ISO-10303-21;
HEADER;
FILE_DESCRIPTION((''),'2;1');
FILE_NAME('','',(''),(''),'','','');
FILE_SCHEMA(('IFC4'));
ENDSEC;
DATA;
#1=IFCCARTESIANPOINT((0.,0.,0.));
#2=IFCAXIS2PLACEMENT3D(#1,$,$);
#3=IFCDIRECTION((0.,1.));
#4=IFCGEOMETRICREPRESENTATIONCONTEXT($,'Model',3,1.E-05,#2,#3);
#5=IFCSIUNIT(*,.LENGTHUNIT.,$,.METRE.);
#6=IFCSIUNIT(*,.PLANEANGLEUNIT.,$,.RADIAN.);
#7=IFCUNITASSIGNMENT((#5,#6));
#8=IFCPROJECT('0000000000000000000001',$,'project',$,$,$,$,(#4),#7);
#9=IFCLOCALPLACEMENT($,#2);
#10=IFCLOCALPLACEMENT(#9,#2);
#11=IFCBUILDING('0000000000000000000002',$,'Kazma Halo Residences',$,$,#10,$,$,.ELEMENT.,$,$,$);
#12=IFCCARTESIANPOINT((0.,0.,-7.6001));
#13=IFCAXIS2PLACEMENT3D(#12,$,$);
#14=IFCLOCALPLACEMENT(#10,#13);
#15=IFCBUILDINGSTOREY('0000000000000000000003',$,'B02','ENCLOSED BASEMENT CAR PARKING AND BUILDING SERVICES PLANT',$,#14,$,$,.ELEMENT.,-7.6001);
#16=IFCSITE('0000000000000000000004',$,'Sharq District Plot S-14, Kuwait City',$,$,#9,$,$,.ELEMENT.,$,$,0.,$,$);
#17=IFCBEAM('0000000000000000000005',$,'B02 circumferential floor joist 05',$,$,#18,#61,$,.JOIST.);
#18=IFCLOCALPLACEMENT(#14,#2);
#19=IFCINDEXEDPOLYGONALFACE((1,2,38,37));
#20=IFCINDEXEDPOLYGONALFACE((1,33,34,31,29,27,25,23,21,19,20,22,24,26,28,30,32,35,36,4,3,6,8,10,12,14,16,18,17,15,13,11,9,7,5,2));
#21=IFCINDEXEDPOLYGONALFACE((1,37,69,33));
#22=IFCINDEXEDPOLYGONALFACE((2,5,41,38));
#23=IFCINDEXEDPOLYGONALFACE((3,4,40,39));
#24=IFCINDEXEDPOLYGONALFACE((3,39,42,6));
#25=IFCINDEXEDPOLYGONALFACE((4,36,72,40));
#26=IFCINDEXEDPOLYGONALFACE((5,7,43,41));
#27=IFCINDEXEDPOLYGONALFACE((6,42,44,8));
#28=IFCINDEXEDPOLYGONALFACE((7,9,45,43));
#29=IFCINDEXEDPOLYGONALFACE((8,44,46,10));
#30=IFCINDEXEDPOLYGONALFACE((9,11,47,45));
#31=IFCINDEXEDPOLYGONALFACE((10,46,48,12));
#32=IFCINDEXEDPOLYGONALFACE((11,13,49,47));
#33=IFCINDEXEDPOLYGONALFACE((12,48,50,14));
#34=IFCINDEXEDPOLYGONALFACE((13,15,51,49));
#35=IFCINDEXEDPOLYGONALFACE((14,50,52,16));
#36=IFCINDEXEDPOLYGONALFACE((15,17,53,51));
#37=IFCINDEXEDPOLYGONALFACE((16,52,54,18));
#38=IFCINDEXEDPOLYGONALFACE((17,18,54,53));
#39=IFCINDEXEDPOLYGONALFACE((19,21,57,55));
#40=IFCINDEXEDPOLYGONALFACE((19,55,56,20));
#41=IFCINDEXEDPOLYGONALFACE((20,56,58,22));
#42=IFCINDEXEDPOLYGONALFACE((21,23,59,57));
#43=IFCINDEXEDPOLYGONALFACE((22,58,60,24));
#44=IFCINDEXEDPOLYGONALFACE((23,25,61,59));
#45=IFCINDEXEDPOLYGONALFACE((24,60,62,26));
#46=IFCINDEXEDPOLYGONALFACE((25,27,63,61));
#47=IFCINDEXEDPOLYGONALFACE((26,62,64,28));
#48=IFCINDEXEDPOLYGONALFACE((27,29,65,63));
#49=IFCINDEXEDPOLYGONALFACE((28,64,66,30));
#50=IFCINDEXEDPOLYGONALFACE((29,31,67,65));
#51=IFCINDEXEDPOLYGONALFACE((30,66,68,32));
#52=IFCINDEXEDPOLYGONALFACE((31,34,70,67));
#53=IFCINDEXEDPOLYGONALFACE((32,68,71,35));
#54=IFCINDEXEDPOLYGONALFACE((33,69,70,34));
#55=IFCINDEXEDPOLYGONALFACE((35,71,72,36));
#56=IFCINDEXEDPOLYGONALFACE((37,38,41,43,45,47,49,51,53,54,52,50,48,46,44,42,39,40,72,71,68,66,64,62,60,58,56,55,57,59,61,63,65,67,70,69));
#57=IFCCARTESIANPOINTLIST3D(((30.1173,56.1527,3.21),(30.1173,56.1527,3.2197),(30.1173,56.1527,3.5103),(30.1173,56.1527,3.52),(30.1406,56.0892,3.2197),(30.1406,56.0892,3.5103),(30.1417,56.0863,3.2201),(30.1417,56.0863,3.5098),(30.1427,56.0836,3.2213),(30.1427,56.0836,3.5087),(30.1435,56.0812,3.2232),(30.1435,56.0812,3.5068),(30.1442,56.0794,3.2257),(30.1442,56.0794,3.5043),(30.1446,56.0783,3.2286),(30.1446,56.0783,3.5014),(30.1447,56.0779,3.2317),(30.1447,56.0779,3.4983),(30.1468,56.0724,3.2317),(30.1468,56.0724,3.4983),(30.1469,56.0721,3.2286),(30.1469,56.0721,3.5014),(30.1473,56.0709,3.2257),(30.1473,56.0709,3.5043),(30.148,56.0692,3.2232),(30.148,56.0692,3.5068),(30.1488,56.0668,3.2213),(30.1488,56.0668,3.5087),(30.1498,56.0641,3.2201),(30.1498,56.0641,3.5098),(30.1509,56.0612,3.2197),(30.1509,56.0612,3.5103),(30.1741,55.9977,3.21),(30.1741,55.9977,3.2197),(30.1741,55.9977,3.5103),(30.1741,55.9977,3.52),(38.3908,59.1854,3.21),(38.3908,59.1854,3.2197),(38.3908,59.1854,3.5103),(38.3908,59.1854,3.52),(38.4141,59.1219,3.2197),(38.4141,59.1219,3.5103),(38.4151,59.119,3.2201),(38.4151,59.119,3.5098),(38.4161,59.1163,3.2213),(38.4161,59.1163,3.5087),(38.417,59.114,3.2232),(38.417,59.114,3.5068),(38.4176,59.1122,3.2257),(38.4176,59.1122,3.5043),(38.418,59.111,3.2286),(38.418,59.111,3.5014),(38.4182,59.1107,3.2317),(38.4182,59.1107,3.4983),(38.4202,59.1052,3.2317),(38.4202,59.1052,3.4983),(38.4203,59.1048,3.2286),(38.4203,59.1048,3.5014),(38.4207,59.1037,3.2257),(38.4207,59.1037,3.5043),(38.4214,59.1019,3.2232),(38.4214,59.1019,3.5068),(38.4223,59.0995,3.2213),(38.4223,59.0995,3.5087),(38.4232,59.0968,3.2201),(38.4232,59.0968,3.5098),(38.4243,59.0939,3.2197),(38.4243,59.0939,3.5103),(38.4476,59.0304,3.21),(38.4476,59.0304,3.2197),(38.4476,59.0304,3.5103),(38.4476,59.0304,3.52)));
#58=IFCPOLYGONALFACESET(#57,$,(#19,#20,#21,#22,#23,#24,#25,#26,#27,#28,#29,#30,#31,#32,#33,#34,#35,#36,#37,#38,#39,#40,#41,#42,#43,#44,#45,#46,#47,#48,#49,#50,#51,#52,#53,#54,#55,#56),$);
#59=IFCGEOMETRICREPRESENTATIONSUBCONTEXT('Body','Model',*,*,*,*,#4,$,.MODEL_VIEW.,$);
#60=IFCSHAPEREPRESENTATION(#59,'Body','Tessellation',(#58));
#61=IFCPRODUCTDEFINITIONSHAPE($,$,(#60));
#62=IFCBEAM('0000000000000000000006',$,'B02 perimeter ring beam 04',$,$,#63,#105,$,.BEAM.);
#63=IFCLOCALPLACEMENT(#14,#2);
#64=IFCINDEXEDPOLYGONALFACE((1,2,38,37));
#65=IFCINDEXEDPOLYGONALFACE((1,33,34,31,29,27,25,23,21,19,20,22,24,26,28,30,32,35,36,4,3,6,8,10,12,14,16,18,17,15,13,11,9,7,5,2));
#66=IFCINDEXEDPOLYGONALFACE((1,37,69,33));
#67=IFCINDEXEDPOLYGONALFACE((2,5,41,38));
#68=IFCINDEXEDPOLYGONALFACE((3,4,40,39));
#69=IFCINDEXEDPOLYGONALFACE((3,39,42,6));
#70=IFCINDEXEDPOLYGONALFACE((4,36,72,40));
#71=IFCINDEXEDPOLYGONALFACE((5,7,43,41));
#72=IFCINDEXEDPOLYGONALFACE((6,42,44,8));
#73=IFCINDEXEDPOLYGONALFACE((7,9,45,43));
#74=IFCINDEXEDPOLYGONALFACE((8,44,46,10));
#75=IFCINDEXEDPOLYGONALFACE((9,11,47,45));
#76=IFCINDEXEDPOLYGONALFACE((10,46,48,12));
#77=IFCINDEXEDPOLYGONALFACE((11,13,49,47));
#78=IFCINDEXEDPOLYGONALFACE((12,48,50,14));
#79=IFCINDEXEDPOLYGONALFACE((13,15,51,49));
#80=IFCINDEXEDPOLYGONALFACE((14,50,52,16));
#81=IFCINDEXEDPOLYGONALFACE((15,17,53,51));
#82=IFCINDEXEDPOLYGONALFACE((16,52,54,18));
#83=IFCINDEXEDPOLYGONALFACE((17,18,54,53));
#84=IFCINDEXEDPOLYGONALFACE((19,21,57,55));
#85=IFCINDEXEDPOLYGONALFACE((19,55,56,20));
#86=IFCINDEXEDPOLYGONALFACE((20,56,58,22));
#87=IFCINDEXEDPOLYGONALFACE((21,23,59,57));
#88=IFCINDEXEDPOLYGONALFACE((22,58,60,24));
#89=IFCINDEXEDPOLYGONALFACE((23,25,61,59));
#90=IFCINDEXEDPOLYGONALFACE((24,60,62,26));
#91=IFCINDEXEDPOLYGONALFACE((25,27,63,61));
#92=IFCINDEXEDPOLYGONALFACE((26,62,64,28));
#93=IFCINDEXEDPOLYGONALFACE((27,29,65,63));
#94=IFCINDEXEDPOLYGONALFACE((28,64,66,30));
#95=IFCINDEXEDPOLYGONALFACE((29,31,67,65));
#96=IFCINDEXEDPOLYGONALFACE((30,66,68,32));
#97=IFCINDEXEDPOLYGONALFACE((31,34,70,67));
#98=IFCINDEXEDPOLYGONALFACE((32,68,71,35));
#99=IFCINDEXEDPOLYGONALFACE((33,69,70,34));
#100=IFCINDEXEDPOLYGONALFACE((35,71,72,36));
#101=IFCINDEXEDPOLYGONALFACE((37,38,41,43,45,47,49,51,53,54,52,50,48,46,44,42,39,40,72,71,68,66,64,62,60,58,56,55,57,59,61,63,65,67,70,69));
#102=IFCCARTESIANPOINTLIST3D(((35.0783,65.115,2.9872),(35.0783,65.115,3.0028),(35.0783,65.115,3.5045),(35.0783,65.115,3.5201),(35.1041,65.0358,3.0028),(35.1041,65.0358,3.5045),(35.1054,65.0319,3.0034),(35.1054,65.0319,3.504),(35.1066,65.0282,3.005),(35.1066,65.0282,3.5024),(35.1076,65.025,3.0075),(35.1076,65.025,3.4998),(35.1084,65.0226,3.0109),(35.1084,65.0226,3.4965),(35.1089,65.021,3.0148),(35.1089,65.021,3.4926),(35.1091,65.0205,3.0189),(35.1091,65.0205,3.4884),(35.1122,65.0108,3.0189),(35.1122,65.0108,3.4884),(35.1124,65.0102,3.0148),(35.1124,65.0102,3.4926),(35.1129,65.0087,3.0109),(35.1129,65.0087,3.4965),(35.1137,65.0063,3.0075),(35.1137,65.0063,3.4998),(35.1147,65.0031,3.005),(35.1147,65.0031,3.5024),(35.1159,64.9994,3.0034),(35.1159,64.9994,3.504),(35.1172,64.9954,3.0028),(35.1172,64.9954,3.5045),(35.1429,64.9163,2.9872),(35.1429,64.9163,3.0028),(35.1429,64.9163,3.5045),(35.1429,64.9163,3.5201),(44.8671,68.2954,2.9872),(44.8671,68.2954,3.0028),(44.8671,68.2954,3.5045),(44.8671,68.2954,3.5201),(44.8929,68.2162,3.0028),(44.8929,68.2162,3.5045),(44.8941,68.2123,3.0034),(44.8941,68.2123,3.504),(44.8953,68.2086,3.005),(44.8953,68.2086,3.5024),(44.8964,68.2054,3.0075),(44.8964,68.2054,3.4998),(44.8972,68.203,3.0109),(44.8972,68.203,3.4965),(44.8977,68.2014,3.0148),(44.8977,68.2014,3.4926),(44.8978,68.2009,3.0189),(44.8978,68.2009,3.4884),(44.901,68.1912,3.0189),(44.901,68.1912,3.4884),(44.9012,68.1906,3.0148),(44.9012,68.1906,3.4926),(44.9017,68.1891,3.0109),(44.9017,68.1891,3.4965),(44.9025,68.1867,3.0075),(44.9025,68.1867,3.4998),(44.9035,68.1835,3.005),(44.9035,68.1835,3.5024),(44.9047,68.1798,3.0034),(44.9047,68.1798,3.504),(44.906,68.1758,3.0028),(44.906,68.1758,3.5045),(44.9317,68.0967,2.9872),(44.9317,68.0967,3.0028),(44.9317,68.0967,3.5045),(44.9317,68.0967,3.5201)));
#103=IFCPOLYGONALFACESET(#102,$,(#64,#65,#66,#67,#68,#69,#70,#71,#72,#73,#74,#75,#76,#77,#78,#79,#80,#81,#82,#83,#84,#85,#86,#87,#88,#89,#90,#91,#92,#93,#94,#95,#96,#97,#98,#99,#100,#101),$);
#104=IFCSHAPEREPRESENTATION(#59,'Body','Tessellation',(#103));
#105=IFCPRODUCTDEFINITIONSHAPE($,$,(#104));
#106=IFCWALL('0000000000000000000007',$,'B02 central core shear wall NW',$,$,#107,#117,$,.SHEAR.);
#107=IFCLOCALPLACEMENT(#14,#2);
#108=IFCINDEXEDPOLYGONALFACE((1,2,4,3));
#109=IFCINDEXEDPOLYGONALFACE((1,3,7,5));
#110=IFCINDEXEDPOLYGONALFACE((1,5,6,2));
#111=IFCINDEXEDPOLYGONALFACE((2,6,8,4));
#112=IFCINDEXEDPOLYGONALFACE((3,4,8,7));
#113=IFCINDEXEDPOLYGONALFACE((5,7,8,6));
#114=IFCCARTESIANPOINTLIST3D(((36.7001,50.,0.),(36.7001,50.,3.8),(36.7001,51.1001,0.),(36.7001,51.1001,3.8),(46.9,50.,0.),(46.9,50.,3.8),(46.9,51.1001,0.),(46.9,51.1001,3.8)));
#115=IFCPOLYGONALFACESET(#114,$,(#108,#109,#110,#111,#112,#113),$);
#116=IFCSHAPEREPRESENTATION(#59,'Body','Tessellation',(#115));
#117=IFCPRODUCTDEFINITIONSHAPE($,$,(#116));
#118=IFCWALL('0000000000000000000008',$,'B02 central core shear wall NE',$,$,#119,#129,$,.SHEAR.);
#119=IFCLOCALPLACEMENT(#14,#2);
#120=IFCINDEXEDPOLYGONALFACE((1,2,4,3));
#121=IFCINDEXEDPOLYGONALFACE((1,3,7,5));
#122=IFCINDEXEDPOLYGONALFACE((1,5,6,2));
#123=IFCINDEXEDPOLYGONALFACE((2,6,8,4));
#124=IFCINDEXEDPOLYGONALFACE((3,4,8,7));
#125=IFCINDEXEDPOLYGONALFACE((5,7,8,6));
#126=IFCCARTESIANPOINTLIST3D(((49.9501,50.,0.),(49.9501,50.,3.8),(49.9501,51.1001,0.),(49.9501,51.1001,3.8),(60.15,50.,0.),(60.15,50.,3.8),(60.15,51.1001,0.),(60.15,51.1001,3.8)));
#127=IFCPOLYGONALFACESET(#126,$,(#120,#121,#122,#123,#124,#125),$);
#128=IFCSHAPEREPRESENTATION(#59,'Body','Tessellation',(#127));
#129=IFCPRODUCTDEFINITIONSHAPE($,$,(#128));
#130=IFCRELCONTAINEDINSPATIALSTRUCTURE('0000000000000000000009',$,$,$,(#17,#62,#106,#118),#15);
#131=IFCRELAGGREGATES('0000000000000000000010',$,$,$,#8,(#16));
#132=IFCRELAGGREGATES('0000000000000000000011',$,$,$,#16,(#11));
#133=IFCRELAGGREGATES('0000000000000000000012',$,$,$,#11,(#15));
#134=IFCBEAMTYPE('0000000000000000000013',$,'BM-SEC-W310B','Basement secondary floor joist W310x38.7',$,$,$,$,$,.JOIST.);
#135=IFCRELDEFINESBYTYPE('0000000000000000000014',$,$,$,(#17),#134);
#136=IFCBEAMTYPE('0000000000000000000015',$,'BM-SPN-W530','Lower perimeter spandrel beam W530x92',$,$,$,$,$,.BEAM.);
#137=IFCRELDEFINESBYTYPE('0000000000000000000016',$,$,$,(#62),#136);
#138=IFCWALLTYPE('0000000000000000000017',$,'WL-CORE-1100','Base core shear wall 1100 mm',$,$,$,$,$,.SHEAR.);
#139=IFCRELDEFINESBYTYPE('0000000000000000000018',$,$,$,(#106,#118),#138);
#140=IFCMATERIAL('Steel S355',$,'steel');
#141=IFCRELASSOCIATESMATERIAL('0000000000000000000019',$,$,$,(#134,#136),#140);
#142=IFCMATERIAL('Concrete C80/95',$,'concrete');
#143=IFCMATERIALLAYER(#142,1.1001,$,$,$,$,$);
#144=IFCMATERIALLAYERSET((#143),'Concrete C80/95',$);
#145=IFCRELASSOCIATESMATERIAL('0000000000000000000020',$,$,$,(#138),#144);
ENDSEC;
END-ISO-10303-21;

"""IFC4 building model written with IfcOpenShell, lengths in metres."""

from ifc_helpers import new_model, si_unit, direction, frame, frame_2d, origin, origin_2d, place, context, subcontext, project, spatial, rectangle, i_section, extrude, material, layer, layer_set, material_profile, profile_set, type_object, element, save


model = new_model("IFC4")

# Units and contexts
model_context = context("Model", 3, precision=1e-05, world=origin(), true_north=direction((0.0, 1.0)))
body_context = subcontext(model_context, "Body", "Model", "MODEL_VIEW")
ifc_project = project(units=[si_unit("LENGTHUNIT", "METRE"), si_unit("PLANEANGLEUNIT", "RADIAN")], contexts=[model_context])

# Site, building, storey
site_placement = place(None, origin())
site = spatial("IfcSite", under=ifc_project, at=site_placement, Name="Sharq District Plot S-14, Kuwait City", CompositionType="ELEMENT", RefElevation=0.0)
building_placement = place(site_placement, origin())
building = spatial("IfcBuilding", under=site, at=building_placement, Name="Kazma Halo Residences", CompositionType="ELEMENT")
storey_placement = place(building_placement, frame((0.0, 0.0, -7.6001)))
storey = spatial("IfcBuildingStorey", under=building, at=storey_placement, Name="B02", Description="ENCLOSED BASEMENT CAR PARKING AND BUILDING SERVICES PLANT", CompositionType="ELEMENT", Elevation=-7.6001)

# Shared definitions
ifc_material_1 = material(Name="Concrete C80/95", Category="concrete")

# Beams
ifc_material_2 = material(Name="Steel S355", Category="steel")
ifc_material_profile_1 = material_profile(ifc_material_2, i_section(OverallWidth=0.165, OverallDepth=0.3101, WebThickness=0.0059, FlangeThickness=0.0098, FilletRadius=0.012, at=origin_2d()), Name="W310x38.7")
ifc_profile_set_1 = profile_set([ifc_material_profile_1], Name="Steel S355")
beam_type_1 = type_object("IfcBeamType", Name="BM-SEC-W310B", Description="Basement secondary floor joist W310x38.7", PredefinedType="JOIST", material=ifc_profile_set_1)
beam_1_placement = place(storey_placement, frame((38.4192, 59.1079, 3.365), z_axis=(-0.938909, -0.344167, 0.0), x_axis=(0.344167, -0.938909, 0.0)))
element("IfcBeam", 1, at=beam_1_placement, inside=storey, type_object=beam_type_1, Name="B02 circumferential floor joist 05", PredefinedType="JOIST", context=body_context, shape_type="SweptSolid", body=[
    extrude(i_section(OverallWidth=0.165, OverallDepth=0.3101, WebThickness=0.0059, FlangeThickness=0.0098, FilletRadius=0.012, at=origin_2d()), origin(), (0.0, 0.0, 1.0), 8.8118),
])
ifc_material_profile_2 = material_profile(ifc_material_2, i_section(OverallWidth=0.209, OverallDepth=0.533, WebThickness=0.0103, FlangeThickness=0.0156, FilletRadius=0.0161, at=origin_2d()), Name="W530x92")
ifc_profile_set_2 = profile_set([ifc_material_profile_2], Name="Steel S355")
beam_type_2 = type_object("IfcBeamType", Name="BM-SPN-W530", Description="Lower perimeter spandrel beam W530x92", PredefinedType="BEAM", material=ifc_profile_set_2)
beam_2_placement = place(storey_placement, frame((44.8994, 68.196, 3.2537), z_axis=(-0.951061, -0.309003, 0.0), x_axis=(0.309003, -0.951061, 0.0)))
element("IfcBeam", 2, at=beam_2_placement, inside=storey, type_object=beam_type_2, Name="B02 perimeter ring beam 04", PredefinedType="BEAM", context=body_context, shape_type="SweptSolid", body=[
    extrude(i_section(OverallWidth=0.209, OverallDepth=0.533, WebThickness=0.0103, FlangeThickness=0.0156, FilletRadius=0.0161, at=origin_2d()), origin(), (0.0, 0.0, 1.0), 10.2925),
])

# Walls
ifc_layer = layer(ifc_material_1, 1.1001)
ifc_layer_set = layer_set([ifc_layer], Name="Concrete C80/95")
wall_type = type_object("IfcWallType", Name="WL-CORE-1100", Description="Base core shear wall 1100 mm", PredefinedType="SHEAR", material=ifc_layer_set)
for number, where, z_axis, x_axis, name in (
    (3, (36.7, 50.55, 0.0), (0.0, 0.0, 1.0), (1.0, 0.0, 0.0), "B02 central core shear wall NW"),
    (4, (49.95, 50.55, 0.0), (0.0, 0.0, 1.0), (1.0, 0.0, 0.0), "B02 central core shear wall NE"),
):
    element("IfcWall", number, at=place(storey_placement, frame(where, z_axis=z_axis, x_axis=x_axis)), inside=storey, type_object=wall_type, Name=name, PredefinedType="SHEAR", context=body_context, shape_type="SweptSolid", body=[
        extrude(rectangle(XDim=10.2, YDim=1.1001, at=frame_2d((5.1001, 0.0))), origin(), (0.0, 0.0, 1.0), 3.8),
    ])

save(model, "model.ifc")
